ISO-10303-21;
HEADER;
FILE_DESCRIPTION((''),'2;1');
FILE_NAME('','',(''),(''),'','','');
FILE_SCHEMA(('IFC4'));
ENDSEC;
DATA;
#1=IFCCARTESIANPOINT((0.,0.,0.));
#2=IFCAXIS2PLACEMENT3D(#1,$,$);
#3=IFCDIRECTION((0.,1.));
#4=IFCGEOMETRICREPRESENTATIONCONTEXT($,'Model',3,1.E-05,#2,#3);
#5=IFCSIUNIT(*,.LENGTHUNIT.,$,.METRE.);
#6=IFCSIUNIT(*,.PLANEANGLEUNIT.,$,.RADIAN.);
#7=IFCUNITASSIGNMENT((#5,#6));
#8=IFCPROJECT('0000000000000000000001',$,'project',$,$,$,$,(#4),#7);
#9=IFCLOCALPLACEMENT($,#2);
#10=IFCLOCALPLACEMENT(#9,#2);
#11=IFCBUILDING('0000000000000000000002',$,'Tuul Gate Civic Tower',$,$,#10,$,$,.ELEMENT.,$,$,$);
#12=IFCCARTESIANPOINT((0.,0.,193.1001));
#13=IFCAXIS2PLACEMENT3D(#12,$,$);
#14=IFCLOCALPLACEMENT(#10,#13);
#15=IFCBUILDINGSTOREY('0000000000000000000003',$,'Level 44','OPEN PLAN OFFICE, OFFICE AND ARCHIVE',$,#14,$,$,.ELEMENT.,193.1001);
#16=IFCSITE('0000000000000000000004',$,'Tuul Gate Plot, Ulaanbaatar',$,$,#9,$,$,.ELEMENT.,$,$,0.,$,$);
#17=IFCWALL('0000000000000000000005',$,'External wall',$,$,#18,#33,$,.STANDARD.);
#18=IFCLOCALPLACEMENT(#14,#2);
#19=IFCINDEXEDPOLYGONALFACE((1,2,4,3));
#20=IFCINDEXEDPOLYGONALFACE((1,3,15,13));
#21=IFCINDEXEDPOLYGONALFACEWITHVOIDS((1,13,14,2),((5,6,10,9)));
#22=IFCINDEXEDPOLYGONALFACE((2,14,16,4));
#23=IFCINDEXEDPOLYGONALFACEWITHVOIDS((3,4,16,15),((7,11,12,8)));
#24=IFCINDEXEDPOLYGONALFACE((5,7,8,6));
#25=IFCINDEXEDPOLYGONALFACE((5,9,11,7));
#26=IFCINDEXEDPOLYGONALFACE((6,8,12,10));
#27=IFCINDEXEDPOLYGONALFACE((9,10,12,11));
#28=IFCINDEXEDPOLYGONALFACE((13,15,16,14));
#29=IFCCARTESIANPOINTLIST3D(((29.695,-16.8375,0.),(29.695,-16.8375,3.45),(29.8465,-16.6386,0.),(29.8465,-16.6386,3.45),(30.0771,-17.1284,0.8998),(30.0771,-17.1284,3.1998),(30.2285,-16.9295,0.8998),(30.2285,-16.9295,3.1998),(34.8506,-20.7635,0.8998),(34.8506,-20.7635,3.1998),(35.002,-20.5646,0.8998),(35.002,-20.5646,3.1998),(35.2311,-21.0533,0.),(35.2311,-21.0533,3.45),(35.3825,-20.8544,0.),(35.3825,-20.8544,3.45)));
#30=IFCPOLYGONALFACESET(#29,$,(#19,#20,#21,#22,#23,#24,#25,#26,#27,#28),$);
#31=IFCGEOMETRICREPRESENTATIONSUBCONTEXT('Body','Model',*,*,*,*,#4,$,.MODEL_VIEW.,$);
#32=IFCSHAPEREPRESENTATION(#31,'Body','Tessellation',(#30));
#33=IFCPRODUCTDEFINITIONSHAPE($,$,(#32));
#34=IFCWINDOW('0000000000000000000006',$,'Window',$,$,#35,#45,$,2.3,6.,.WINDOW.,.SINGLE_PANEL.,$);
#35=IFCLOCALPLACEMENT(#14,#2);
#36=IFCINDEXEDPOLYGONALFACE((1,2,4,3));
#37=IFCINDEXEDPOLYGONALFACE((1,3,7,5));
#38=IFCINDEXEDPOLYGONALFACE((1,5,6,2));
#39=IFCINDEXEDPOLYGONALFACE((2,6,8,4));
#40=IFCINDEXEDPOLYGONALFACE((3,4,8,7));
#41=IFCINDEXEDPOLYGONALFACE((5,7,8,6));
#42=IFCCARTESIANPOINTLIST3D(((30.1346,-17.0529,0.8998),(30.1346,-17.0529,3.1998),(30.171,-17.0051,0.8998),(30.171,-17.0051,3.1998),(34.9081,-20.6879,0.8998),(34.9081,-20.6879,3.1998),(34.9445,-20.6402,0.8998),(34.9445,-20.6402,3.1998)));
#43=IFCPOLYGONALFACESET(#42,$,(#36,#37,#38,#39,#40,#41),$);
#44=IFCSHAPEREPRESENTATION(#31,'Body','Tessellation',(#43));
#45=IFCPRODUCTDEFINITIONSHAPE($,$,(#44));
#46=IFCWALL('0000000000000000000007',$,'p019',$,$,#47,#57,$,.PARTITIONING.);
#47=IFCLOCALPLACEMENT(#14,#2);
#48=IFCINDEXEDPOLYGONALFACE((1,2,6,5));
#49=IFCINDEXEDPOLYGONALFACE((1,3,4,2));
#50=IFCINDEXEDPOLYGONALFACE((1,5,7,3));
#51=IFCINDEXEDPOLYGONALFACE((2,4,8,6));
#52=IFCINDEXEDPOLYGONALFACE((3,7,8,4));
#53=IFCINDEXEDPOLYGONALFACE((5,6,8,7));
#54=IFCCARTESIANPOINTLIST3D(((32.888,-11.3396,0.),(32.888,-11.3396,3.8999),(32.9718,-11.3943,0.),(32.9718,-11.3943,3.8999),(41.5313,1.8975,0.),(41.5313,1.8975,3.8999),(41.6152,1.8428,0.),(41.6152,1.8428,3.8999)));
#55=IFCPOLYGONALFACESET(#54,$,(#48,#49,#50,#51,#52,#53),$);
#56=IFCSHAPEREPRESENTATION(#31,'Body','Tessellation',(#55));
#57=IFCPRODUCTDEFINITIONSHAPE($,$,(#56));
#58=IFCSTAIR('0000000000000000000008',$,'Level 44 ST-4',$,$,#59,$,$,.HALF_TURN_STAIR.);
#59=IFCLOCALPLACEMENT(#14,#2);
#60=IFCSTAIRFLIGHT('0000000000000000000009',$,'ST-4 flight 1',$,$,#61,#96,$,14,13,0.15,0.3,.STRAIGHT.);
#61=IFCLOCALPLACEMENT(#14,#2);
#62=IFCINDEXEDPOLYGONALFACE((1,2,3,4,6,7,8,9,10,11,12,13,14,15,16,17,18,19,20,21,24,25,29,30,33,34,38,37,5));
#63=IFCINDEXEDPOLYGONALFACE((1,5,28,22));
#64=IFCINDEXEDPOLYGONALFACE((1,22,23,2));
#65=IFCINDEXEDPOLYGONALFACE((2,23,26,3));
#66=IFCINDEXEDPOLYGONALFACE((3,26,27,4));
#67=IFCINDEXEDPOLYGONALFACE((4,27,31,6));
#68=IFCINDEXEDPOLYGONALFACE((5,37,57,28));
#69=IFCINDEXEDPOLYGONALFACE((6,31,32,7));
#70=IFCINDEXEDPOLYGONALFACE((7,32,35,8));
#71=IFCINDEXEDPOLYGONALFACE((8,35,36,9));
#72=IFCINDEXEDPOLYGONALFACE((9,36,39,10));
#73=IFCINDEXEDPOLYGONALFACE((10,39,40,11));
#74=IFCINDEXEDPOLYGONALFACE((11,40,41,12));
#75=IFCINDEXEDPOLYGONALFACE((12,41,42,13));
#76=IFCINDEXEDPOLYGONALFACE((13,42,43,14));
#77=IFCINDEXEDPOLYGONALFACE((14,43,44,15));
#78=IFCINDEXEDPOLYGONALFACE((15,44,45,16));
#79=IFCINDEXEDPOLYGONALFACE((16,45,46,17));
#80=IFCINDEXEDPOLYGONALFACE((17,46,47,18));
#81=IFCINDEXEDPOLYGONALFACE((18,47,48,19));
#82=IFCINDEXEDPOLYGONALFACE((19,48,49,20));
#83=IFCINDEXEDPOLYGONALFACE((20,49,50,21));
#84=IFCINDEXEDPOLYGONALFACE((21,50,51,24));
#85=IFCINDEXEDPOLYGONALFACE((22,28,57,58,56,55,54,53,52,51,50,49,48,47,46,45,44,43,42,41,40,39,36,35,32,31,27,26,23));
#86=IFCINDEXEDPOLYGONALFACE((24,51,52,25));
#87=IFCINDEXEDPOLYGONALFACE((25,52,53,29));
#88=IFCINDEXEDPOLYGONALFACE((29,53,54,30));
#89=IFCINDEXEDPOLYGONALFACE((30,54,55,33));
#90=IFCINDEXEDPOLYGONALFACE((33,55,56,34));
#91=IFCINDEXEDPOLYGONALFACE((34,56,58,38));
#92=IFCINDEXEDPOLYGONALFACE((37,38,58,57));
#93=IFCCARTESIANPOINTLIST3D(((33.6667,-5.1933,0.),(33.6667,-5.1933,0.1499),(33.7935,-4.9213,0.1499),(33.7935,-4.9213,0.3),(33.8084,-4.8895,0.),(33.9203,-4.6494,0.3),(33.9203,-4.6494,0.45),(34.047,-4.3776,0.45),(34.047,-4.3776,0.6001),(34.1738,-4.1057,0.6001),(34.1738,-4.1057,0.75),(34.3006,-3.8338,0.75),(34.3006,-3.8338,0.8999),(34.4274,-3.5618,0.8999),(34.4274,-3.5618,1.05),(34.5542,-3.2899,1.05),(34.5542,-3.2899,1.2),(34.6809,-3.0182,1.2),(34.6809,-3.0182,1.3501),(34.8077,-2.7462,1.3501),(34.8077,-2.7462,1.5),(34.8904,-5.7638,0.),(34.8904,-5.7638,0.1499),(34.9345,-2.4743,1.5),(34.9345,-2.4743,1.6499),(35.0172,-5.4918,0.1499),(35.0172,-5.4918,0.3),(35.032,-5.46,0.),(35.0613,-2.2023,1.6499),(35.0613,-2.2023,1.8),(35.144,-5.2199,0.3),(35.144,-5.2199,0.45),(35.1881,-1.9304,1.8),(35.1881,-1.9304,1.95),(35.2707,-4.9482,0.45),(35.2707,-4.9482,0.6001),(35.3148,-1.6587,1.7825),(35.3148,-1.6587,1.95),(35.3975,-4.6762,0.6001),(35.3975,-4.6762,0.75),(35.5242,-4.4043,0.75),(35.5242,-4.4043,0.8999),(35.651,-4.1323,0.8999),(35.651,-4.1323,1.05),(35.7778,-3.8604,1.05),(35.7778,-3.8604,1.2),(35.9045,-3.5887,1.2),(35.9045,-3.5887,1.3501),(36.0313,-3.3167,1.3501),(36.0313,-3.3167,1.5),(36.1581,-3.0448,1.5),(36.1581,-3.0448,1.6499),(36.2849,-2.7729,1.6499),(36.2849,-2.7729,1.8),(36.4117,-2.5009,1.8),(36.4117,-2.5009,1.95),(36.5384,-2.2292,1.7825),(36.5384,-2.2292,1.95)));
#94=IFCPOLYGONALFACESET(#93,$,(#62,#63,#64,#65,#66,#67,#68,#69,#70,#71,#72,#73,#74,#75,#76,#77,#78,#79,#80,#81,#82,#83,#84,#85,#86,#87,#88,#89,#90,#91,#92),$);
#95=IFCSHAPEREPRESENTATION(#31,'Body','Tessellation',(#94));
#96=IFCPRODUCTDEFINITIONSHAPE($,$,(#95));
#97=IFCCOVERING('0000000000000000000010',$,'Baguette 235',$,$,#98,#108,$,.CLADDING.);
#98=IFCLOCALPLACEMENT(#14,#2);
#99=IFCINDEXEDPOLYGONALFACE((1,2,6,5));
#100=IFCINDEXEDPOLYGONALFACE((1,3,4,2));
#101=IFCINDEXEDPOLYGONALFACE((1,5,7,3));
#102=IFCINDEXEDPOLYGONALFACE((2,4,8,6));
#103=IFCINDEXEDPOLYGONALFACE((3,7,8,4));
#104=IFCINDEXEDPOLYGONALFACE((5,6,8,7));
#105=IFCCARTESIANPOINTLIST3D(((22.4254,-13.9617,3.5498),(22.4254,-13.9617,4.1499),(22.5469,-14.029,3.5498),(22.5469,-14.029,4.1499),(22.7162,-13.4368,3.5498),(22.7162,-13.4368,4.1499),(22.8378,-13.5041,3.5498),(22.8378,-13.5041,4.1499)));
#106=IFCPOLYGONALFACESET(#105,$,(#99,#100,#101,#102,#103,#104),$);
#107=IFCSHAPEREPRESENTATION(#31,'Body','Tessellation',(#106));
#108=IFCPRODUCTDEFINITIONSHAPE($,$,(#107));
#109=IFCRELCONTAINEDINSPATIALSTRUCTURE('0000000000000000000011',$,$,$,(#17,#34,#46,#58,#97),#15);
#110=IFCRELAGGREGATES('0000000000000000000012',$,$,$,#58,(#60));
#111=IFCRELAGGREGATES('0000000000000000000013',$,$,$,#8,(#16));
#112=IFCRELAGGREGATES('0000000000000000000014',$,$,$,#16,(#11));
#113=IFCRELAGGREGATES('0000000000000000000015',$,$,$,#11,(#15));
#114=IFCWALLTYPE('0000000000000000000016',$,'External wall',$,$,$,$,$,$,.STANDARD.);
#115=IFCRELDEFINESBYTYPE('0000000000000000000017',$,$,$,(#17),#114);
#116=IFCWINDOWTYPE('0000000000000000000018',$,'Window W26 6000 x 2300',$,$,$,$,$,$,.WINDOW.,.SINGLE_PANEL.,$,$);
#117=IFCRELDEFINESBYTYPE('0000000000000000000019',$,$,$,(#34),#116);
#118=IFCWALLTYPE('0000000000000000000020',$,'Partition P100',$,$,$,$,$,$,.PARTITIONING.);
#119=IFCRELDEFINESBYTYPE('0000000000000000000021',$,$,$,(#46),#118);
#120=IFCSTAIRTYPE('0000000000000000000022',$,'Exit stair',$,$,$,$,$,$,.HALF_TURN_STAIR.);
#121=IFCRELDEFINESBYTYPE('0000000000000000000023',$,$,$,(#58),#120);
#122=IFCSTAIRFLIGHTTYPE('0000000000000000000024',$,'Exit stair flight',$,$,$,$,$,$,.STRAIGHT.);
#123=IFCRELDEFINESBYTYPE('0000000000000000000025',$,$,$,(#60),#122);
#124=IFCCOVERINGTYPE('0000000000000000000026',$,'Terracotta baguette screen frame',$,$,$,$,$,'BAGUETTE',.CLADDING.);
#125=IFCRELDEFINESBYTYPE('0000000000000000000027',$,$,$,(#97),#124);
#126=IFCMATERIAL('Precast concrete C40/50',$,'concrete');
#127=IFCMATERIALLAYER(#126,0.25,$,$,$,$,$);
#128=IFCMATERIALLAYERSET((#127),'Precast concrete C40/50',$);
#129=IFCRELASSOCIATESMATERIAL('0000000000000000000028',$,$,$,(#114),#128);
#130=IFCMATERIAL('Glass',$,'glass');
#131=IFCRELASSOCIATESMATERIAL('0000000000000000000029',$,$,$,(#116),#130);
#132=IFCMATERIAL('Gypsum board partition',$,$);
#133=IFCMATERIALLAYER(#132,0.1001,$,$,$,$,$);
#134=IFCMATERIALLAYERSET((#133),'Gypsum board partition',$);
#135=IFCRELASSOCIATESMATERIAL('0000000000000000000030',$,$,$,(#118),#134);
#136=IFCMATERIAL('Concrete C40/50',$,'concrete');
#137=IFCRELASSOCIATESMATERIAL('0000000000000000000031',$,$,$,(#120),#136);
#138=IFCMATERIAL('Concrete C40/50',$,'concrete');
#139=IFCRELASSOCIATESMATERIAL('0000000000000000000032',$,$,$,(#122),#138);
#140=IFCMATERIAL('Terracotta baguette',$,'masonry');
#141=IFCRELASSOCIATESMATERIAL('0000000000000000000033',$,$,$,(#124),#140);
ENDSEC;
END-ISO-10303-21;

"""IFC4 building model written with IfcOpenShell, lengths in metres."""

from ifc_helpers import new_model, si_unit, direction, frame, frame_2d, origin, origin_2d, place, context, subcontext, project, spatial, polyline, rectangle, outline, extrude, material, layer, layer_set, material_profile, profile_set, type_object, element, fill, aggregate, save


model = new_model("IFC4")

# Units and contexts
model_context = context("Model", 3, precision=1e-05, world=origin(), true_north=direction((0.0, 1.0)))
body_context = subcontext(model_context, "Body", "Model", "MODEL_VIEW")
ifc_project = project(units=[si_unit("LENGTHUNIT", "METRE"), si_unit("PLANEANGLEUNIT", "RADIAN")], contexts=[model_context])

# Site, building, storey
site_placement = place(None, origin())
site = spatial("IfcSite", under=ifc_project, at=site_placement, Name="Tuul Gate Plot, Ulaanbaatar", CompositionType="ELEMENT", RefElevation=0.0)
building_placement = place(site_placement, origin())
building = spatial("IfcBuilding", under=site, at=building_placement, Name="Tuul Gate Civic Tower", CompositionType="ELEMENT")
storey_placement = place(building_placement, frame((0.0, 0.0, 193.1001)))
storey = spatial("IfcBuildingStorey", under=building, at=storey_placement, Name="Level 44", Description="OPEN PLAN OFFICE, OFFICE AND ARCHIVE", CompositionType="ELEMENT", Elevation=193.1001)

# Wall, opening, window
ifc_material_1 = material(Name="Precast concrete C40/50", Category="concrete")
ifc_layer_1 = layer(ifc_material_1, 0.25)
ifc_layer_set_1 = layer_set([ifc_layer_1], Name="Precast concrete C40/50")
wall_type_1 = type_object("IfcWallType", Name="External wall", PredefinedType="STANDARD", material=ifc_layer_set_1)
ifc_material_2 = material(Name="Glass", Category="glass")
window_type = type_object("IfcWindowType", Name="Window W26 6000 x 2300", PartitioningType="SINGLE_PANEL", PredefinedType="WINDOW", material=ifc_material_2)
wall_1_placement = place(storey_placement, frame((29.7708, -16.738, 0.0), z_axis=(0.0, 0.0, 1.0), x_axis=(0.795583, -0.605844, 0.0)))
wall_1 = element("IfcWall", 1, at=wall_1_placement, inside=storey, type_object=wall_type_1, Name="External wall", PredefinedType="STANDARD", context=body_context, shape_type="SweptSolid", body=[
    extrude(rectangle(XDim=6.9585, YDim=0.25, at=frame_2d((3.4792, 0.0))), origin(), (0.0, 0.0, 1.0), 3.45),
])
opening_1_placement = place(wall_1_placement, frame((0.4802, 0.0, 0.8999)))
opening_1 = element("IfcOpeningElement", 2, at=opening_1_placement, cuts=wall_1, PredefinedType="OPENING", context=body_context, shape_type="SweptSolid", body=[
    extrude(rectangle(XDim=6.0, YDim=2.3, at=frame_2d((3.0, 1.1499))), frame((0.0, 0.135, 0.0), z_axis=(0.0, -1.0, 0.0), x_axis=(1.0, 0.0, 0.0)), (0.0, 0.0, 1.0), 0.27),
])
window_1_placement = place(opening_1_placement, origin())
window_1 = element("IfcWindow", 3, at=window_1_placement, inside=storey, type_object=window_type, Name="Window", OverallHeight=2.3, OverallWidth=6.0, PartitioningType="SINGLE_PANEL", PredefinedType="WINDOW", context=body_context, shape_type="SweptSolid", body=[
    extrude(rectangle(XDim=6.0, YDim=2.3, at=frame_2d((3.0, 1.1499))), frame((0.0, 0.03, 0.0), z_axis=(0.0, -1.0, 0.0), x_axis=(1.0, 0.0, 0.0)), (0.0, 0.0, 1.0), 0.0601),
])
fill(opening_1, window_1)

# Wall
ifc_material_3 = material(Name="Gypsum board partition")
ifc_layer_2 = layer(ifc_material_3, 0.1001)
ifc_layer_set_2 = layer_set([ifc_layer_2], Name="Gypsum board partition")
wall_type_2 = type_object("IfcWallType", Name="Partition P100", PredefinedType="PARTITIONING", material=ifc_layer_set_2)
wall_2_placement = place(storey_placement, frame((32.9299, -11.3669, 0.0), z_axis=(0.0, 0.0, 1.0), x_axis=(0.546731, 0.837308, 0.0)))
element("IfcWall", 4, at=wall_2_placement, inside=storey, type_object=wall_type_2, Name="p019", PredefinedType="PARTITIONING", context=body_context, shape_type="SweptSolid", body=[
    extrude(rectangle(XDim=15.8091, YDim=0.1001, at=frame_2d((7.9045, 0.0))), origin(), (0.0, 0.0, 1.0), 3.8999),
])

# Stair, stair flight
ifc_material_4 = material(Name="Concrete C40/50", Category="concrete")
stair_type = type_object("IfcStairType", Name="Exit stair", PredefinedType="HALF_TURN_STAIR", material=ifc_material_4)
stair_placement = place(storey_placement, origin())
stair = element("IfcStair", 5, at=stair_placement, inside=storey, type_object=stair_type, Name="Level 44 ST-4", PredefinedType="HALF_TURN_STAIR")
ifc_material_5 = material(Name="Concrete C40/50", Category="concrete")
stair_flight_type = type_object("IfcStairFlightType", Name="Exit stair flight", PredefinedType="STRAIGHT", material=ifc_material_5)
stair_flight_placement = place(storey_placement, frame((34.2786, -5.4785, 0.0), z_axis=(0.0, 0.0, 1.0), x_axis=(0.422576, 0.906327, 0.0)))
stair_flight = element("IfcStairFlight", 6, at=stair_flight_placement, type_object=stair_flight_type, Name="ST-4 flight 1", NumberOfRisers=14, NumberOfTreads=13, PredefinedType="STRAIGHT", RiserHeight=0.15, TreadLength=0.3, context=body_context, shape_type="SweptSolid", body=[
    extrude(outline(polyline([(0.0, 0.0), (0.0, 0.1499), (0.3, 0.1499), (0.3, 0.3), (0.6001, 0.3), (0.6001, 0.45), (0.8999, 0.45), (0.8999, 0.6001), (1.2, 0.6001), (1.2, 0.75), (1.5, 0.75), (1.5, 0.8999), (1.8, 0.8999), (1.8, 1.05), (2.1001, 1.05), (2.1001, 1.2), (2.3999, 1.2), (2.3999, 1.3501), (2.7, 1.3501), (2.7, 1.5), (3.0, 1.5), (3.0, 1.6499), (3.3, 1.6499), (3.3, 1.8), (3.6001, 1.8), (3.6001, 1.95), (3.8999, 1.95), (3.8999, 2.1001), (3.8999, 1.7825), (0.3352, 0.0), (0.0, 0.0)])), frame((0.0, 0.675, 0.0), z_axis=(0.0, -1.0, 0.0), x_axis=(1.0, 0.0, 0.0)), (0.0, 0.0, 1.0), 1.3501),
])
aggregate(stair, [stair_flight])

# Covering
ifc_material_6 = material(Name="Terracotta baguette", Category="masonry")
ifc_material_profile_1 = material_profile(ifc_material_6, rectangle(XDim=0.6001, YDim=0.6001, at=origin_2d()), Name="Terracotta baguette screen frame")
ifc_profile_set_1 = profile_set([ifc_material_profile_1], Name="Terracotta baguette")
covering_type = type_object("IfcCoveringType", Name="Terracotta baguette screen frame", ElementType="BAGUETTE", PredefinedType="CLADDING", material=ifc_profile_set_1)
covering_placement = place(storey_placement, frame((22.5708, -13.6992, 3.8499), z_axis=(0.874654, -0.484748, 0.0), x_axis=(0.484748, 0.874654, 0.0)))
element("IfcCovering", 7, at=covering_placement, inside=storey, type_object=covering_type, Name="Baguette 235", PredefinedType="CLADDING", context=body_context, shape_type="SweptSolid", body=[
    extrude(rectangle(XDim=0.6001, YDim=0.6001, at=origin_2d()), origin(), (0.0, 0.0, 1.0), 0.1389),
])

save(model, "model.ifc")
